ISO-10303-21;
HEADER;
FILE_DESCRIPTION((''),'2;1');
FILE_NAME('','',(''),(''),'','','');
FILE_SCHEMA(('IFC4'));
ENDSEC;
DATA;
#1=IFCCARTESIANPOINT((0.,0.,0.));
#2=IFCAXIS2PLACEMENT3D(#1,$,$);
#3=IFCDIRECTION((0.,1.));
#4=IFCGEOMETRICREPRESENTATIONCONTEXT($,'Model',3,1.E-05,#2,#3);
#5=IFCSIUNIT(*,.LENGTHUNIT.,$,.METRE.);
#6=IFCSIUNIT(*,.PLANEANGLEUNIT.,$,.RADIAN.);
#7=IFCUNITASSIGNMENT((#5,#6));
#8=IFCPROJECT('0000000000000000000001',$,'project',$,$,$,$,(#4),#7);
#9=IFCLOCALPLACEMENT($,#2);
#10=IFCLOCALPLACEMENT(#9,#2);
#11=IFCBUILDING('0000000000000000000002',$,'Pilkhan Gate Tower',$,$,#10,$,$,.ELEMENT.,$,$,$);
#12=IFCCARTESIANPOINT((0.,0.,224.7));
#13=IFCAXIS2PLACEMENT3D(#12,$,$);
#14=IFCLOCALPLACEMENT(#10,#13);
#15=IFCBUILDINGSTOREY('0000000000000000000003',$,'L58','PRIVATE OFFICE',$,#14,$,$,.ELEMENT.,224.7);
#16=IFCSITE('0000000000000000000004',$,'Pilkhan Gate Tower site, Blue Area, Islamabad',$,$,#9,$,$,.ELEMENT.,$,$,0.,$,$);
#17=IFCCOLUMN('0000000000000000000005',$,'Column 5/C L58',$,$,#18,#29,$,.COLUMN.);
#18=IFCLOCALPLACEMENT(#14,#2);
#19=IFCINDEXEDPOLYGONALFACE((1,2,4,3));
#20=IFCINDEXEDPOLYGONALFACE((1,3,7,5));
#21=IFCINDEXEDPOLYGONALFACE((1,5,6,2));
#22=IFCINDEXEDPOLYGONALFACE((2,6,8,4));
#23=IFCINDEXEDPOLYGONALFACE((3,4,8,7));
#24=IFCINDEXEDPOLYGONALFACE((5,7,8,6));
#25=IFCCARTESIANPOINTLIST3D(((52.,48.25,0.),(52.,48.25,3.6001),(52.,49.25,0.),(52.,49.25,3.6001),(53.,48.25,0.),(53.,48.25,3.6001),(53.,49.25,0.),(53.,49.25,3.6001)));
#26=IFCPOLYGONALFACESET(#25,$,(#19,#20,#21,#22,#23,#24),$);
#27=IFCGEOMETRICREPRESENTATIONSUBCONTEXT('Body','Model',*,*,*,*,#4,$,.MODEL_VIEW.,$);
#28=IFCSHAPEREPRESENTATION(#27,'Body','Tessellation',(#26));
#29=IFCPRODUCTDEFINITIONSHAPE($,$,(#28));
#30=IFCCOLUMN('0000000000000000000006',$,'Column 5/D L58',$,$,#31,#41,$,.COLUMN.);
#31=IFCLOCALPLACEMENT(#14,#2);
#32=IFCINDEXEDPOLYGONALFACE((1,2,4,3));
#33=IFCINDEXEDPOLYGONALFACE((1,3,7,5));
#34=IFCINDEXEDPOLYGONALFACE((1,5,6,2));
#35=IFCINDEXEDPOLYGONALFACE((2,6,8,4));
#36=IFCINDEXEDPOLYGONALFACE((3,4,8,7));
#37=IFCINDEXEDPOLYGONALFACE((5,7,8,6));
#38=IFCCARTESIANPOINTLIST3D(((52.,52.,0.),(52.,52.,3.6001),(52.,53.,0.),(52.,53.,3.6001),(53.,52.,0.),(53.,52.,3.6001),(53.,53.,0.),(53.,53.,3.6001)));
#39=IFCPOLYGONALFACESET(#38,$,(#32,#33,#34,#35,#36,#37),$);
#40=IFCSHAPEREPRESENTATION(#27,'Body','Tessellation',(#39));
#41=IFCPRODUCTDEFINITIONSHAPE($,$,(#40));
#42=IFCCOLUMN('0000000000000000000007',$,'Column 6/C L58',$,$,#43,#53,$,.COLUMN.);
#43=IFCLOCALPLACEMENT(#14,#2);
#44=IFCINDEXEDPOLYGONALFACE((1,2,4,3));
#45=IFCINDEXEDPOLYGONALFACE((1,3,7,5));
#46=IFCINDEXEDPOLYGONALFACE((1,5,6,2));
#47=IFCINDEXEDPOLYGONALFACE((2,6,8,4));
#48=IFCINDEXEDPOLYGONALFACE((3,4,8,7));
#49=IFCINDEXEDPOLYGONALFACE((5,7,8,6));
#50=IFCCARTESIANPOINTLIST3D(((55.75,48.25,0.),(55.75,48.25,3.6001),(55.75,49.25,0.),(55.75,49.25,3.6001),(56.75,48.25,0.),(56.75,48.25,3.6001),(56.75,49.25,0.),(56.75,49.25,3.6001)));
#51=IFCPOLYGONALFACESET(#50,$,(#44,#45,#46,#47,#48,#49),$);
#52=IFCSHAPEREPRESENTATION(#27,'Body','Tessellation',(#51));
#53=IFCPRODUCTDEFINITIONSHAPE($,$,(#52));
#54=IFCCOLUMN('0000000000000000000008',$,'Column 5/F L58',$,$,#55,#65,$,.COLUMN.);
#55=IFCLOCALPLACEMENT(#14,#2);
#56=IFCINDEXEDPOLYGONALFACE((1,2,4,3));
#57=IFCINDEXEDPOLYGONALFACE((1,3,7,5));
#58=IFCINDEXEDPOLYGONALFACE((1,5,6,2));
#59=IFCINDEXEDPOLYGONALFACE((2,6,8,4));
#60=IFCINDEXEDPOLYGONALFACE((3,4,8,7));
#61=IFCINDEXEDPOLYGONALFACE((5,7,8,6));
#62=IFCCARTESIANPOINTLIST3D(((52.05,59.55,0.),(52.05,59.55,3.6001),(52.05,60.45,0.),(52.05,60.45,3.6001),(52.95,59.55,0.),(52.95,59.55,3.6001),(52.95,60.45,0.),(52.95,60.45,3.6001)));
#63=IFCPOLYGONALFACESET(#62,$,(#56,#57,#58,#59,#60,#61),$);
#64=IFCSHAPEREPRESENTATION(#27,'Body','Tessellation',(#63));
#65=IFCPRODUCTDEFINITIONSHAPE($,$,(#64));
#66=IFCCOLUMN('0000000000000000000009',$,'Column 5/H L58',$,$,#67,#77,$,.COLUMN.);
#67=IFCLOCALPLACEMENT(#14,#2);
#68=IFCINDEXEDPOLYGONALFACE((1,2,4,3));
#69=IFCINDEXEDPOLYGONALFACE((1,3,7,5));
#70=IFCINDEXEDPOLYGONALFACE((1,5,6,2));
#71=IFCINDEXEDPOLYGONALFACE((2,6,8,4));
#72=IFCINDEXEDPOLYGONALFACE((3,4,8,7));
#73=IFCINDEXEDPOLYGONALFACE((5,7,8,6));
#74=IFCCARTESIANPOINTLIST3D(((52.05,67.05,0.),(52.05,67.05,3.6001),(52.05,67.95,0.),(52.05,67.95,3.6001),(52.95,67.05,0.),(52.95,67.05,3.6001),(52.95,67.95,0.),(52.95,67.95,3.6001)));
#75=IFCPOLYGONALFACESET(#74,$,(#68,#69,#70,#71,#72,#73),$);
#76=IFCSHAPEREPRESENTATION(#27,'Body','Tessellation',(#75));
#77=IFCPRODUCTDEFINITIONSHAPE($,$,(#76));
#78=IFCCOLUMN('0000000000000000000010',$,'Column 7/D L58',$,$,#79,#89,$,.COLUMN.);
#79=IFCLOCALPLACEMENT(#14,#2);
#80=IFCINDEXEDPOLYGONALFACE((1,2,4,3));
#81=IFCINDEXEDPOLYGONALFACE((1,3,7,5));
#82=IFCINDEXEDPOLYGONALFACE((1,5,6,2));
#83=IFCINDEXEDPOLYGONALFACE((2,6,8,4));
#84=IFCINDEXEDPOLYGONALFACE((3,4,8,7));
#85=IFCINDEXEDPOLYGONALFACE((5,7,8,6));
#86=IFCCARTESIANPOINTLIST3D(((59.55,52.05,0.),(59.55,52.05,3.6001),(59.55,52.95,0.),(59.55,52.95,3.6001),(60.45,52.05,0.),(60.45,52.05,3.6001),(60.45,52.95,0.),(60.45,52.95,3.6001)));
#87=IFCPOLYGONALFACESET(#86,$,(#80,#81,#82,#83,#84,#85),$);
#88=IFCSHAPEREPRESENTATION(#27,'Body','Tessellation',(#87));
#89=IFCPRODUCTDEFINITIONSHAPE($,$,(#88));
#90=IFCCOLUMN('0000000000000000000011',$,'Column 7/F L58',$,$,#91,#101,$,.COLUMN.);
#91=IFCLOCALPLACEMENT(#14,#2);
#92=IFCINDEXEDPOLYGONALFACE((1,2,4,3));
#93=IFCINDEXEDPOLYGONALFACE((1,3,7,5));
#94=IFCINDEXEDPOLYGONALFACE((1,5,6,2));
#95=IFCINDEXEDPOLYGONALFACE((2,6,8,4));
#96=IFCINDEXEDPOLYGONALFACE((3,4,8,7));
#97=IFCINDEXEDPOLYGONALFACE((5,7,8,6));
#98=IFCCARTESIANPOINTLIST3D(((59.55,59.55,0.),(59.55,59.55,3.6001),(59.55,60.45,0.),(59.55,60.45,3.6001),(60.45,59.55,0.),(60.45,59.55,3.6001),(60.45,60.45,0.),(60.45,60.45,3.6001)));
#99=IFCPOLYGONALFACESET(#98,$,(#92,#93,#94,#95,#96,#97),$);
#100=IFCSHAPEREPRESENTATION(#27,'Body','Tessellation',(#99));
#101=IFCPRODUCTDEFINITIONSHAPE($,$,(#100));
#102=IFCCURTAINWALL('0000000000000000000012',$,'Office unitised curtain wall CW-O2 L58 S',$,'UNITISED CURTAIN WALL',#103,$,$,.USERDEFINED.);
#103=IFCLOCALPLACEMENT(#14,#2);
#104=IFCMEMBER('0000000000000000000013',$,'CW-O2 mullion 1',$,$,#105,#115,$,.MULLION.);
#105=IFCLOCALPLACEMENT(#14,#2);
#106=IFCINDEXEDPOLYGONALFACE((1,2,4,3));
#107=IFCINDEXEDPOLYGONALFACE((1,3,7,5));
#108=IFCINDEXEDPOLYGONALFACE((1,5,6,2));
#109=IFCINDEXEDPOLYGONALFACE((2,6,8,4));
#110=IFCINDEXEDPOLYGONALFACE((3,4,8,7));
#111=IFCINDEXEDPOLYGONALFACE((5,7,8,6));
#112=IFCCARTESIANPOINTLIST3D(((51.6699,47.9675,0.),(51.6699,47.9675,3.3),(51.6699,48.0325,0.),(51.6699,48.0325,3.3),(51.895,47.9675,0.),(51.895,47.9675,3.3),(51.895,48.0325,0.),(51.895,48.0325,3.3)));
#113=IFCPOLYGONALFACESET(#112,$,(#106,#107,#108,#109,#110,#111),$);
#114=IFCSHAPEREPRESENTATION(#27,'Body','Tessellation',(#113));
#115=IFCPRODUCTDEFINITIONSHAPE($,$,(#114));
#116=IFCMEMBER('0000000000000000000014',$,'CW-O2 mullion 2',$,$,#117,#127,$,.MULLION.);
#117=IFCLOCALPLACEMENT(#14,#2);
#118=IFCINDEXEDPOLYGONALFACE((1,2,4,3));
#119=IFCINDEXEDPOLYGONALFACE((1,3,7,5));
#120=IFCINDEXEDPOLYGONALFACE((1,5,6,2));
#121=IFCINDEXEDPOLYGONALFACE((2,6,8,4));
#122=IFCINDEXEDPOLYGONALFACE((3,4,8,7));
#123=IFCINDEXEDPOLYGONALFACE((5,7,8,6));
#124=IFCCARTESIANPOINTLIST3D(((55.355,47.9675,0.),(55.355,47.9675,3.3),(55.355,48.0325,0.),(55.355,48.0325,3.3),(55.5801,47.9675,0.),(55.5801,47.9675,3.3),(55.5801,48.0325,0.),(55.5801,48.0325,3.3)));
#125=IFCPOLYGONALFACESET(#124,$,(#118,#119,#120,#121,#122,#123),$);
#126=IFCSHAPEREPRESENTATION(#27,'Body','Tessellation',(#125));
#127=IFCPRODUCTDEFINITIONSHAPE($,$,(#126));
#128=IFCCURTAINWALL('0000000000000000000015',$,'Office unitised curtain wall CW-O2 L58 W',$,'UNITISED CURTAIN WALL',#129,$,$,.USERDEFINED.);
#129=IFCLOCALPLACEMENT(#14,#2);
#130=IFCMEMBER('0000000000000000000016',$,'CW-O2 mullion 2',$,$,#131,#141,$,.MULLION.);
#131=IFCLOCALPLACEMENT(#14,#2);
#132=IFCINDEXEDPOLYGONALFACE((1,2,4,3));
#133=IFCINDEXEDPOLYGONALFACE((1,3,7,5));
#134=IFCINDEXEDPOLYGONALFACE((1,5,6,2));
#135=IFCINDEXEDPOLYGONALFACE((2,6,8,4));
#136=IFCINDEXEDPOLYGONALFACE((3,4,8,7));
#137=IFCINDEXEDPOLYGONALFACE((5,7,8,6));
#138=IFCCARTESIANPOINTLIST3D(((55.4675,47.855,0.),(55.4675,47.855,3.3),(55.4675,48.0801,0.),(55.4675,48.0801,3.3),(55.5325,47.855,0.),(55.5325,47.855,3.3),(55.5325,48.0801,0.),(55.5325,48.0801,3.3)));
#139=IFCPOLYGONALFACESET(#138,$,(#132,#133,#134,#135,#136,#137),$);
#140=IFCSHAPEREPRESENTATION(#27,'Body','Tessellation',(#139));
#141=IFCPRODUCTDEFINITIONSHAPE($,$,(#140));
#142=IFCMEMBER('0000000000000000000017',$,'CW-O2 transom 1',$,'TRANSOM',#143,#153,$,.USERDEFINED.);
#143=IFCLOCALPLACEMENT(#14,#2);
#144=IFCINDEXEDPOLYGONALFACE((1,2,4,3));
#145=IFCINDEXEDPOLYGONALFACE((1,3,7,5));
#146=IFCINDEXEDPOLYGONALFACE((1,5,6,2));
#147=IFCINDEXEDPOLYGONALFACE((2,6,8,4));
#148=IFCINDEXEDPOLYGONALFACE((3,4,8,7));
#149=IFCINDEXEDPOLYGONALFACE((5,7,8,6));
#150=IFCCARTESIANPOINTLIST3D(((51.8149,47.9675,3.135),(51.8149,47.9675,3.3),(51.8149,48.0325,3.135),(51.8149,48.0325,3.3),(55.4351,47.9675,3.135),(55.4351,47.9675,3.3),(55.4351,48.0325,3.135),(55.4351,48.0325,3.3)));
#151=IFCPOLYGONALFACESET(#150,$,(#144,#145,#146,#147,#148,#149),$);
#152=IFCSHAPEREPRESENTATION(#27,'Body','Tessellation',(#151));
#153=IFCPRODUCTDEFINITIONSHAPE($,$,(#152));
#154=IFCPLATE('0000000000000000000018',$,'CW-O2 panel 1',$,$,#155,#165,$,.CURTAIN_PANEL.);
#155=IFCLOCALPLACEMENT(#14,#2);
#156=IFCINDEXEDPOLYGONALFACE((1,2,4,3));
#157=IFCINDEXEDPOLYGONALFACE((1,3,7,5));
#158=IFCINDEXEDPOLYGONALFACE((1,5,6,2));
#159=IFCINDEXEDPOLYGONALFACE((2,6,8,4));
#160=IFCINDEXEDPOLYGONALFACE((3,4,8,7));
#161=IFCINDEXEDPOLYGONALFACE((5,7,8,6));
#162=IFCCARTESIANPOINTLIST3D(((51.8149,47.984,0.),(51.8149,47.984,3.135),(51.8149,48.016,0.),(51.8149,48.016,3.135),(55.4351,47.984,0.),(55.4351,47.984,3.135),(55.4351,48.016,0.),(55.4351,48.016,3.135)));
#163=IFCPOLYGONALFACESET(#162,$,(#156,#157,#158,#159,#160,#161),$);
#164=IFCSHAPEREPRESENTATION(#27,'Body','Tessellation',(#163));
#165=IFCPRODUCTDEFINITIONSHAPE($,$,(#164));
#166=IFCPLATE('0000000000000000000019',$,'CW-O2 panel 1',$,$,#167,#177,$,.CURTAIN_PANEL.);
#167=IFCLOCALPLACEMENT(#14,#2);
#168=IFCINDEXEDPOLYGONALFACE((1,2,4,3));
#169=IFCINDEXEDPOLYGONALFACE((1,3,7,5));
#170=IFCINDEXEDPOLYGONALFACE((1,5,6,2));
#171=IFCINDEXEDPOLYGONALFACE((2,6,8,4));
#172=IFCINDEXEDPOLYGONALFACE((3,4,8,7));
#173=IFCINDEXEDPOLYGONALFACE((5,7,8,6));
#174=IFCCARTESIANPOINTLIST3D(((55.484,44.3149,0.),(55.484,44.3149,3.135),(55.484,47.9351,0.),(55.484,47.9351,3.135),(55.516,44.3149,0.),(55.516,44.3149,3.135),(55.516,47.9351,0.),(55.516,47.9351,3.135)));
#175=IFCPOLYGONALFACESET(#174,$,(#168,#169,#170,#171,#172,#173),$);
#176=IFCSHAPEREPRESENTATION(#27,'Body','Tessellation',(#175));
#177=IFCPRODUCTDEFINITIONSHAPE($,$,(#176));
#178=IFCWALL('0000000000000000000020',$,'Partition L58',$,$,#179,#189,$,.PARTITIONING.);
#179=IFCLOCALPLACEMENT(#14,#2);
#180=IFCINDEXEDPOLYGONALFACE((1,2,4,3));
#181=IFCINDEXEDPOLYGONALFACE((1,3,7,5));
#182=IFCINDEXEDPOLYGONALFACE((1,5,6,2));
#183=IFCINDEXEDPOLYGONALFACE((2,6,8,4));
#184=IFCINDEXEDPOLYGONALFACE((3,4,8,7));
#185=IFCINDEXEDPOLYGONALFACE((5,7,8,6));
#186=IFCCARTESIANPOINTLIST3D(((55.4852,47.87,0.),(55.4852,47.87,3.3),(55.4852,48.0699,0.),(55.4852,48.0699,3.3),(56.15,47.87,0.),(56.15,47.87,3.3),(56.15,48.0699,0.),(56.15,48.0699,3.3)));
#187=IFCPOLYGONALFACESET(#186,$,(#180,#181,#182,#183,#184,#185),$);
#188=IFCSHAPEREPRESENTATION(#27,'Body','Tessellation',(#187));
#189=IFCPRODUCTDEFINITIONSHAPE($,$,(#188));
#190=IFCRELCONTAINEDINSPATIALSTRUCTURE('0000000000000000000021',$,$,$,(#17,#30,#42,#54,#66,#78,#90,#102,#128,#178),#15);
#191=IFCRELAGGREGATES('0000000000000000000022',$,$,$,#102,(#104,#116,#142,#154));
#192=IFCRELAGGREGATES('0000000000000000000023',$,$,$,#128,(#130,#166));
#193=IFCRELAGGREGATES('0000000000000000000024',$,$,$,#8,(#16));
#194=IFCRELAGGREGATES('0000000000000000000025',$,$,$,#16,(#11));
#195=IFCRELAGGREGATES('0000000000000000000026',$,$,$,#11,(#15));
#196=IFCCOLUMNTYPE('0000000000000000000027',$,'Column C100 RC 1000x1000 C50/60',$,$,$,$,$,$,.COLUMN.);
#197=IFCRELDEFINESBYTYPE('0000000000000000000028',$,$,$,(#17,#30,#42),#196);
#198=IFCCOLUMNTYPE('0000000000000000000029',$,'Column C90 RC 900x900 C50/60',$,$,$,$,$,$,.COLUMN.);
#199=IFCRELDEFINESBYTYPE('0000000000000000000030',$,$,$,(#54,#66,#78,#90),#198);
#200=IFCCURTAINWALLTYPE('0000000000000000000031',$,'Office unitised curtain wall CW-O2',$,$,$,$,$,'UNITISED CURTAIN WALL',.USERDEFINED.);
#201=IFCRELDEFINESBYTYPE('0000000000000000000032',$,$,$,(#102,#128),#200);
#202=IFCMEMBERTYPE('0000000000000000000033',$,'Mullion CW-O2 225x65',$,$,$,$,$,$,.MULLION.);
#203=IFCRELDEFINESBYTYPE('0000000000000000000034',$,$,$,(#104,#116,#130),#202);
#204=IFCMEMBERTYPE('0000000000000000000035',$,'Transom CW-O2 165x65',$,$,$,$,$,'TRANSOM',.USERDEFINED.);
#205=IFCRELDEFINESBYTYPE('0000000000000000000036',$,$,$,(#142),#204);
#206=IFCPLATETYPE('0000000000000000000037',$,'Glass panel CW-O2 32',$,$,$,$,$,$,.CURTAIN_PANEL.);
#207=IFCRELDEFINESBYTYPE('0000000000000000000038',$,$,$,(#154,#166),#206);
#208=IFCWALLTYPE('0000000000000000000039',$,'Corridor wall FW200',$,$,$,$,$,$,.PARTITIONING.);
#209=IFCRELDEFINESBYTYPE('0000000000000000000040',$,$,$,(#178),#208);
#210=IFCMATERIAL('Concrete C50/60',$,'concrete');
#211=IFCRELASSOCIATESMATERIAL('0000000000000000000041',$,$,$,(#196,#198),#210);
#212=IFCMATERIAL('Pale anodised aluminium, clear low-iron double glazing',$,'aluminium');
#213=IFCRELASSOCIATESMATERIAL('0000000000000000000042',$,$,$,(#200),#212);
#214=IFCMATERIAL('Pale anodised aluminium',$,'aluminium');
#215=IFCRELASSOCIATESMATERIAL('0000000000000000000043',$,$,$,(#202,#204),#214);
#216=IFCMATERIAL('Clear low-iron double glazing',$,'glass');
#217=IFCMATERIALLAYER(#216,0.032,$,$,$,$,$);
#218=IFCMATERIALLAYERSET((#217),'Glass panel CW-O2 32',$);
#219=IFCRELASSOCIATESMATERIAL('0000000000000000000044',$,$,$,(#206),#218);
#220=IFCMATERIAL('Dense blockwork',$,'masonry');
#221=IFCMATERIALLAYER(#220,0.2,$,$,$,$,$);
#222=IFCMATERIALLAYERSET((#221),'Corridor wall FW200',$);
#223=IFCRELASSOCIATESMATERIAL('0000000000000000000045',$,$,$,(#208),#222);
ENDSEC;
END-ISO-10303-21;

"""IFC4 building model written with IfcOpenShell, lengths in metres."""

from ifc_helpers import new_model, si_unit, direction, frame, frame_2d, origin, origin_2d, place, context, subcontext, project, spatial, rectangle, extrude, material, layer, layer_set, material_profile, profile_set, type_object, element, aggregate, save


model = new_model("IFC4")

# Units and contexts
model_context = context("Model", 3, precision=1e-05, world=origin(), true_north=direction((0.0, 1.0)))
body_context = subcontext(model_context, "Body", "Model", "MODEL_VIEW")
ifc_project = project(units=[si_unit("LENGTHUNIT", "METRE"), si_unit("PLANEANGLEUNIT", "RADIAN")], contexts=[model_context])

# Site, building, storey
site_placement = place(None, origin())
site = spatial("IfcSite", under=ifc_project, at=site_placement, Name="Pilkhan Gate Tower site, Blue Area, Islamabad", CompositionType="ELEMENT", RefElevation=0.0)
building_placement = place(site_placement, origin())
building = spatial("IfcBuilding", under=site, at=building_placement, Name="Pilkhan Gate Tower", CompositionType="ELEMENT")
storey_placement = place(building_placement, frame((0.0, 0.0, 224.7)))
storey = spatial("IfcBuildingStorey", under=building, at=storey_placement, Name="L58", Description="PRIVATE OFFICE", CompositionType="ELEMENT", Elevation=224.7)

# Columns
ifc_material_1 = material(Name="Concrete C50/60", Category="concrete")
ifc_material_profile_1 = material_profile(ifc_material_1, rectangle(XDim=1.0, YDim=1.0, at=origin_2d()), Name="RC 1000x1000")
ifc_profile_set_1 = profile_set([ifc_material_profile_1], Name="Concrete C50/60")
column_type_1 = type_object("IfcColumnType", Name="Column C100 RC 1000x1000 C50/60", PredefinedType="COLUMN", material=ifc_profile_set_1)
for number, where, z_axis, x_axis, name in (
    (1, (52.5, 48.75, 0.0), (0.0, 0.0, 1.0), (1.0, 0.0, 0.0), "Column 5/C L58"),
    (2, (52.5, 52.5, 0.0), (0.0, 0.0, 1.0), (1.0, 0.0, 0.0), "Column 5/D L58"),
    (3, (56.25, 48.75, 0.0), (0.0, 0.0, 1.0), (1.0, 0.0, 0.0), "Column 6/C L58"),
):
    element("IfcColumn", number, at=place(storey_placement, frame(where, z_axis=z_axis, x_axis=x_axis)), inside=storey, type_object=column_type_1, Name=name, PredefinedType="COLUMN", context=body_context, shape_type="SweptSolid", body=[
        extrude(rectangle(XDim=1.0, YDim=1.0, at=origin_2d()), origin(), (0.0, 0.0, 1.0), 3.6001),
    ])
ifc_material_profile_2 = material_profile(ifc_material_1, rectangle(XDim=0.8999, YDim=0.8999, at=origin_2d()), Name="RC 900x900")
ifc_profile_set_2 = profile_set([ifc_material_profile_2], Name="Concrete C50/60")
column_type_2 = type_object("IfcColumnType", Name="Column C90 RC 900x900 C50/60", PredefinedType="COLUMN", material=ifc_profile_set_2)
for number, where, z_axis, x_axis, name in (
    (4, (52.5, 60.0, 0.0), (0.0, 0.0, 1.0), (1.0, 0.0, 0.0), "Column 5/F L58"),
    (5, (52.5, 67.5, 0.0), (0.0, 0.0, 1.0), (1.0, 0.0, 0.0), "Column 5/H L58"),
    (6, (60.0, 52.5, 0.0), (0.0, 0.0, 1.0), (1.0, 0.0, 0.0), "Column 7/D L58"),
    (7, (60.0, 60.0, 0.0), (0.0, 0.0, 1.0), (1.0, 0.0, 0.0), "Column 7/F L58"),
):
    element("IfcColumn", number, at=place(storey_placement, frame(where, z_axis=z_axis, x_axis=x_axis)), inside=storey, type_object=column_type_2, Name=name, PredefinedType="COLUMN", context=body_context, shape_type="SweptSolid", body=[
        extrude(rectangle(XDim=0.8999, YDim=0.8999, at=origin_2d()), origin(), (0.0, 0.0, 1.0), 3.6001),
    ])

# Curtain wall, members
ifc_material_2 = material(Name="Pale anodised aluminium, clear low-iron double glazing", Category="aluminium")
curtain_wall_type = type_object("IfcCurtainWallType", Name="Office unitised curtain wall CW-O2", ElementType="UNITISED CURTAIN WALL", PredefinedType="USERDEFINED", material=ifc_material_2)
curtain_wall_1_placement = place(storey_placement, origin())
curtain_wall_1 = element("IfcCurtainWall", 8, at=curtain_wall_1_placement, inside=storey, type_object=curtain_wall_type, Name="Office unitised curtain wall CW-O2 L58 S", ObjectType="UNITISED CURTAIN WALL", PredefinedType="USERDEFINED")
ifc_material_3 = material(Name="Pale anodised aluminium", Category="aluminium")
ifc_material_profile_3 = material_profile(ifc_material_3, rectangle(XDim=0.0649, YDim=0.2251, at=origin_2d()), Name="Mullion 225x65")
ifc_profile_set_3 = profile_set([ifc_material_profile_3], Name="Pale anodised aluminium")
member_type_1 = type_object("IfcMemberType", Name="Mullion CW-O2 225x65", PredefinedType="MULLION", material=ifc_profile_set_3)
member_1_placement = place(storey_placement, frame((51.7825, 48.0, 0.0), z_axis=(0.0, 0.0, 1.0), x_axis=(0.0, 1.0, 0.0)))
member_1 = element("IfcMember", 9, at=member_1_placement, type_object=member_type_1, Name="CW-O2 mullion 1", PredefinedType="MULLION", context=body_context, shape_type="SweptSolid", body=[
    extrude(rectangle(XDim=0.0649, YDim=0.2251, at=origin_2d()), origin(), (0.0, 0.0, 1.0), 3.3),
])
member_2_placement = place(storey_placement, frame((55.4675, 48.0, 0.0), z_axis=(0.0, 0.0, 1.0), x_axis=(0.0, 1.0, 0.0)))
member_2 = element("IfcMember", 10, at=member_2_placement, type_object=member_type_1, Name="CW-O2 mullion 2", PredefinedType="MULLION", context=body_context, shape_type="SweptSolid", body=[
    extrude(rectangle(XDim=0.0649, YDim=0.2251, at=origin_2d()), origin(), (0.0, 0.0, 1.0), 3.3),
])

# Curtain wall, member
curtain_wall_2_placement = place(storey_placement, origin())
curtain_wall_2 = element("IfcCurtainWall", 11, at=curtain_wall_2_placement, inside=storey, type_object=curtain_wall_type, Name="Office unitised curtain wall CW-O2 L58 W", ObjectType="UNITISED CURTAIN WALL", PredefinedType="USERDEFINED")
member_3_placement = place(storey_placement, frame((55.5, 47.9675, 0.0), z_axis=(0.0, 0.0, 1.0), x_axis=(-1.0, 0.0, 0.0)))
member_3 = element("IfcMember", 12, at=member_3_placement, type_object=member_type_1, Name="CW-O2 mullion 2", PredefinedType="MULLION", context=body_context, shape_type="SweptSolid", body=[
    extrude(rectangle(XDim=0.0649, YDim=0.2251, at=origin_2d()), origin(), (0.0, 0.0, 1.0), 3.3),
])

# Member
ifc_material_profile_4 = material_profile(ifc_material_3, rectangle(XDim=0.0649, YDim=0.165, at=origin_2d()), Name="Transom 165x65")
ifc_profile_set_4 = profile_set([ifc_material_profile_4], Name="Pale anodised aluminium")
member_type_2 = type_object("IfcMemberType", Name="Transom CW-O2 165x65", ElementType="TRANSOM", PredefinedType="USERDEFINED", material=ifc_profile_set_4)
member_4_placement = place(storey_placement, frame((51.8149, 48.0, 3.2175), z_axis=(1.0, 0.0, 0.0), x_axis=(0.0, 1.0, 0.0)))
member_4 = element("IfcMember", 13, at=member_4_placement, type_object=member_type_2, Name="CW-O2 transom 1", ObjectType="TRANSOM", PredefinedType="USERDEFINED", context=body_context, shape_type="SweptSolid", body=[
    extrude(rectangle(XDim=0.0649, YDim=0.165, at=origin_2d()), origin(), (0.0, 0.0, 1.0), 3.6201),
])

# Plates
ifc_material_4 = material(Name="Clear low-iron double glazing", Category="glass")
ifc_layer_1 = layer(ifc_material_4, 0.032)
ifc_layer_set_1 = layer_set([ifc_layer_1], Name="Glass panel CW-O2 32")
plate_type = type_object("IfcPlateType", Name="Glass panel CW-O2 32", PredefinedType="CURTAIN_PANEL", material=ifc_layer_set_1)
plate_1_placement = place(storey_placement, frame((53.625, 48.0, 0.0), z_axis=(0.0, 0.0, 1.0), x_axis=(1.0, 0.0, 0.0)))
plate_1 = element("IfcPlate", 14, at=plate_1_placement, type_object=plate_type, Name="CW-O2 panel 1", PredefinedType="CURTAIN_PANEL", context=body_context, shape_type="SweptSolid", body=[
    extrude(rectangle(XDim=3.6201, YDim=0.032, at=origin_2d()), origin(), (0.0, 0.0, 1.0), 3.135),
])
aggregate(curtain_wall_1, [member_1, member_2, member_4, plate_1])
plate_2_placement = place(storey_placement, frame((55.5, 46.125, 0.0), z_axis=(0.0, 0.0, 1.0), x_axis=(0.0, 1.0, 0.0)))
plate_2 = element("IfcPlate", 15, at=plate_2_placement, type_object=plate_type, Name="CW-O2 panel 1", PredefinedType="CURTAIN_PANEL", context=body_context, shape_type="SweptSolid", body=[
    extrude(rectangle(XDim=3.6201, YDim=0.032, at=origin_2d()), origin(), (0.0, 0.0, 1.0), 3.135),
])
aggregate(curtain_wall_2, [member_3, plate_2])

# Wall
ifc_material_5 = material(Name="Dense blockwork", Category="masonry")
ifc_layer_2 = layer(ifc_material_5, 0.2)
ifc_layer_set_2 = layer_set([ifc_layer_2], Name="Corridor wall FW200")
wall_type = type_object("IfcWallType", Name="Corridor wall FW200", PredefinedType="PARTITIONING", material=ifc_layer_set_2)
wall_1_placement = place(storey_placement, frame((55.4851, 47.97, 0.0), z_axis=(0.0, 0.0, 1.0), x_axis=(1.0, 0.0, 0.0)))
element("IfcWall", 16, at=wall_1_placement, inside=storey, type_object=wall_type, Name="Partition L58", PredefinedType="PARTITIONING", context=body_context, shape_type="SweptSolid", body=[
    extrude(rectangle(XDim=0.6648, YDim=0.2, at=frame_2d((0.3325, 0.0))), origin(), (0.0, 0.0, 1.0), 3.3),
])

save(model, "model.ifc")
